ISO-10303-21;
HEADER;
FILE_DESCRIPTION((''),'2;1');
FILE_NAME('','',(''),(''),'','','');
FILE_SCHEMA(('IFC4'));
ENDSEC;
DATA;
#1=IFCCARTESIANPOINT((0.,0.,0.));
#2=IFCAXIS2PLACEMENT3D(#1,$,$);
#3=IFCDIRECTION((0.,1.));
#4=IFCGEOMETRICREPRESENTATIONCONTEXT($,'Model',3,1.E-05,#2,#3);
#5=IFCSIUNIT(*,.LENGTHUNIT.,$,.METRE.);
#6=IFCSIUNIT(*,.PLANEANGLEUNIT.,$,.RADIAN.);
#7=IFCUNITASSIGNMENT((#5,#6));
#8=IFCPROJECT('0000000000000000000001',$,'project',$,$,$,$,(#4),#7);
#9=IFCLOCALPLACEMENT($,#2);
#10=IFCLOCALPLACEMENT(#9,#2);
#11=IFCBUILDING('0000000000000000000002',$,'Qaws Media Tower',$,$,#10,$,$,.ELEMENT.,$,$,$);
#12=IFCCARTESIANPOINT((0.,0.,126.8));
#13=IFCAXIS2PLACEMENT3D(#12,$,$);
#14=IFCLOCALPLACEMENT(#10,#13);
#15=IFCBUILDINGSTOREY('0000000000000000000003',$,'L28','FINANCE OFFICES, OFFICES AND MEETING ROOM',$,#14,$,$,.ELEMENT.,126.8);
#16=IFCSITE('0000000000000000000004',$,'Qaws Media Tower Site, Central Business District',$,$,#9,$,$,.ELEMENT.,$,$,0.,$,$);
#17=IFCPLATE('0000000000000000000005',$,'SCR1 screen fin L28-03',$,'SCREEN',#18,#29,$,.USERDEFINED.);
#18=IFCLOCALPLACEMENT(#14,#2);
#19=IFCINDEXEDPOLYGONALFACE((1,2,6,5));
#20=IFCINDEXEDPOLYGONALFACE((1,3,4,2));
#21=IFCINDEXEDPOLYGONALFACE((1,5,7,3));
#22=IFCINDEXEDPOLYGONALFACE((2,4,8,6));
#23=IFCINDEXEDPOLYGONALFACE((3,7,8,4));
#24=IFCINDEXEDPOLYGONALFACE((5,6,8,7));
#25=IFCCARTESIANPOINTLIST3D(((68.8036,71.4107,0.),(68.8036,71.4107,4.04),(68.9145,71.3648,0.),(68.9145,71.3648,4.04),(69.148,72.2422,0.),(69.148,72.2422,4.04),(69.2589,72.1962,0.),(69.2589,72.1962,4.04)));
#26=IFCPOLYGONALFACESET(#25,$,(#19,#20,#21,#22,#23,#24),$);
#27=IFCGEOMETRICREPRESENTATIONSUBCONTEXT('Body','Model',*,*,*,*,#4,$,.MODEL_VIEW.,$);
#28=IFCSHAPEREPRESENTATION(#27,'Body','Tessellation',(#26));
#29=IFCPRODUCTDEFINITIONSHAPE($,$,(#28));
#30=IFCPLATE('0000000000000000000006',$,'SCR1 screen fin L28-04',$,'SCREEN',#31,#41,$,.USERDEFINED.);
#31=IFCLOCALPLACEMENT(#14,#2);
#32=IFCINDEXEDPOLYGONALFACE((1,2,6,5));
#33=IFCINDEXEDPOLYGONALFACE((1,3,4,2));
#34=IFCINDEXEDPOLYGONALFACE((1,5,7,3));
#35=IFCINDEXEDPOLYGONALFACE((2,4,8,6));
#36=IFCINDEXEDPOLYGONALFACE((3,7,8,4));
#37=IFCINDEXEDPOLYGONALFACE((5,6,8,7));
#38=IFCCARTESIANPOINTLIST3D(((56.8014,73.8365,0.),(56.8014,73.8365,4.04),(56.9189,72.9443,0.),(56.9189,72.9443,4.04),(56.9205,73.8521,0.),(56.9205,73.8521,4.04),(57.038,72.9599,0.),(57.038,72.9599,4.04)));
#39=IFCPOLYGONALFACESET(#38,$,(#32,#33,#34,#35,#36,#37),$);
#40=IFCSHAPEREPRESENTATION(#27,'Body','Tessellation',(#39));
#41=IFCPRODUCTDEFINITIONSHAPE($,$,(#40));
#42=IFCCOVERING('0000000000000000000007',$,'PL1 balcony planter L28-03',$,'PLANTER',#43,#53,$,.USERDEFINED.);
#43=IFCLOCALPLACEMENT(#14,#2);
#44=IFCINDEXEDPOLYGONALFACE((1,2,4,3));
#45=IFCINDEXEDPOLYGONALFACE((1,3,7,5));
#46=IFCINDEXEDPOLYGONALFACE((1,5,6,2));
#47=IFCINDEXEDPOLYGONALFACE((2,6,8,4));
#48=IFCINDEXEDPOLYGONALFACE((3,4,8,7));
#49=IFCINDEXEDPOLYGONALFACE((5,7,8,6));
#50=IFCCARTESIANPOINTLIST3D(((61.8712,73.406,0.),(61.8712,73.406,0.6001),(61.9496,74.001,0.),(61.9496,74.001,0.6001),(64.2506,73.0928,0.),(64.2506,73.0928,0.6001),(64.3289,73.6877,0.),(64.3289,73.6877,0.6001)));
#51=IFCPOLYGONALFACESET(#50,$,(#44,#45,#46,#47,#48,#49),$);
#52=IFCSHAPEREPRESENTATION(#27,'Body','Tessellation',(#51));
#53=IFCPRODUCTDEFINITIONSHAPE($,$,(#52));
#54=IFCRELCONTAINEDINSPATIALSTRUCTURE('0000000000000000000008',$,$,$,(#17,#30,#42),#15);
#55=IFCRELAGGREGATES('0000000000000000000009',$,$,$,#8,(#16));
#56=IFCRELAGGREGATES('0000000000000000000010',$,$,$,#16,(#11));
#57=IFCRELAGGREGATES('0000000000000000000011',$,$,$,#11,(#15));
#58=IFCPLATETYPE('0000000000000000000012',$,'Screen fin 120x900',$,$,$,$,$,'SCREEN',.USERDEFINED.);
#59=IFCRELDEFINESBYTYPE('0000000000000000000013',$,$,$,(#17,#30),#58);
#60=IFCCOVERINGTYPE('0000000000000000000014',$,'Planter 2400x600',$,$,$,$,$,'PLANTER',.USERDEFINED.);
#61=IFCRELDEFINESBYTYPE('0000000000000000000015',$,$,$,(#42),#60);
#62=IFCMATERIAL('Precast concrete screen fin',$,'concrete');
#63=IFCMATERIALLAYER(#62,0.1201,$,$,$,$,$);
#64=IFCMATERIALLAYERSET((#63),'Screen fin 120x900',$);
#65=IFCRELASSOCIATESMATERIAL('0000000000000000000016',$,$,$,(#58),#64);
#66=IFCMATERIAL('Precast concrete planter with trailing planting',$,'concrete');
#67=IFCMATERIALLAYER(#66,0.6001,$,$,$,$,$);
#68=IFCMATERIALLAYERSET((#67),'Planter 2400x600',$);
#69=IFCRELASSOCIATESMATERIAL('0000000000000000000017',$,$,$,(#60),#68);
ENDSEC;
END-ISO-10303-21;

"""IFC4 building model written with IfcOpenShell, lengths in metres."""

from ifc_helpers import new_model, si_unit, direction, frame, origin, origin_2d, place, context, subcontext, project, spatial, rectangle, extrude, material, layer, layer_set, type_object, element, save


model = new_model("IFC4")

# Units and contexts
model_context = context("Model", 3, precision=1e-05, world=origin(), true_north=direction((0.0, 1.0)))
body_context = subcontext(model_context, "Body", "Model", "MODEL_VIEW")
ifc_project = project(units=[si_unit("LENGTHUNIT", "METRE"), si_unit("PLANEANGLEUNIT", "RADIAN")], contexts=[model_context])

# Site, building, storey
site_placement = place(None, origin())
site = spatial("IfcSite", under=ifc_project, at=site_placement, Name="Qaws Media Tower Site, Central Business District", CompositionType="ELEMENT", RefElevation=0.0)
building_placement = place(site_placement, origin())
building = spatial("IfcBuilding", under=site, at=building_placement, Name="Qaws Media Tower", CompositionType="ELEMENT")
storey_placement = place(building_placement, frame((0.0, 0.0, 126.8)))
storey = spatial("IfcBuildingStorey", under=building, at=storey_placement, Name="L28", Description="FINANCE OFFICES, OFFICES AND MEETING ROOM", CompositionType="ELEMENT", Elevation=126.8)

# Plates
ifc_material_1 = material(Name="Precast concrete screen fin", Category="concrete")
ifc_layer_1 = layer(ifc_material_1, 0.1201)
ifc_layer_set_1 = layer_set([ifc_layer_1], Name="Screen fin 120x900")
plate_type_1 = type_object("IfcPlateType", Name="Screen fin 120x900", ElementType="SCREEN", PredefinedType="USERDEFINED", material=ifc_layer_set_1)
for number, where, z_axis, x_axis, name in (
    (1, (69.0312, 71.8035, 0.0), (0.0, 0.0, 1.0), (0.382683, 0.92388, 0.0), "SCR1 screen fin L28-03"),
    (2, (56.9197, 73.3982, 0.0), (0.0, 0.0, 1.0), (-0.130526, 0.991445, 0.0), "SCR1 screen fin L28-04"),
):
    element("IfcPlate", number, at=place(storey_placement, frame(where, z_axis=z_axis, x_axis=x_axis)), inside=storey, type_object=plate_type_1, Name=name, ObjectType="SCREEN", PredefinedType="USERDEFINED", context=body_context, shape_type="SweptSolid", body=[
        extrude(rectangle(XDim=0.8999, YDim=0.1201, at=origin_2d()), origin(), (0.0, 0.0, 1.0), 4.04),
    ])

# Covering
ifc_material_2 = material(Name="Precast concrete planter with trailing planting", Category="concrete")
ifc_layer_2 = layer(ifc_material_2, 0.6001)
ifc_layer_set_2 = layer_set([ifc_layer_2], Name="Planter 2400x600")
covering_type = type_object("IfcCoveringType", Name="Planter 2400x600", ElementType="PLANTER", PredefinedType="USERDEFINED", material=ifc_layer_set_2)
covering_placement = place(storey_placement, frame((63.1001, 73.5469, 0.0), z_axis=(0.0, 0.0, 1.0), x_axis=(-0.991445, 0.130526, 0.0)))
element("IfcCovering", 3, at=covering_placement, inside=storey, type_object=covering_type, Name="PL1 balcony planter L28-03", ObjectType="PLANTER", PredefinedType="USERDEFINED", context=body_context, shape_type="SweptSolid", body=[
    extrude(rectangle(XDim=2.3999, YDim=0.6001, at=origin_2d()), origin(), (0.0, 0.0, 1.0), 0.6001),
])

save(model, "model.ifc")
